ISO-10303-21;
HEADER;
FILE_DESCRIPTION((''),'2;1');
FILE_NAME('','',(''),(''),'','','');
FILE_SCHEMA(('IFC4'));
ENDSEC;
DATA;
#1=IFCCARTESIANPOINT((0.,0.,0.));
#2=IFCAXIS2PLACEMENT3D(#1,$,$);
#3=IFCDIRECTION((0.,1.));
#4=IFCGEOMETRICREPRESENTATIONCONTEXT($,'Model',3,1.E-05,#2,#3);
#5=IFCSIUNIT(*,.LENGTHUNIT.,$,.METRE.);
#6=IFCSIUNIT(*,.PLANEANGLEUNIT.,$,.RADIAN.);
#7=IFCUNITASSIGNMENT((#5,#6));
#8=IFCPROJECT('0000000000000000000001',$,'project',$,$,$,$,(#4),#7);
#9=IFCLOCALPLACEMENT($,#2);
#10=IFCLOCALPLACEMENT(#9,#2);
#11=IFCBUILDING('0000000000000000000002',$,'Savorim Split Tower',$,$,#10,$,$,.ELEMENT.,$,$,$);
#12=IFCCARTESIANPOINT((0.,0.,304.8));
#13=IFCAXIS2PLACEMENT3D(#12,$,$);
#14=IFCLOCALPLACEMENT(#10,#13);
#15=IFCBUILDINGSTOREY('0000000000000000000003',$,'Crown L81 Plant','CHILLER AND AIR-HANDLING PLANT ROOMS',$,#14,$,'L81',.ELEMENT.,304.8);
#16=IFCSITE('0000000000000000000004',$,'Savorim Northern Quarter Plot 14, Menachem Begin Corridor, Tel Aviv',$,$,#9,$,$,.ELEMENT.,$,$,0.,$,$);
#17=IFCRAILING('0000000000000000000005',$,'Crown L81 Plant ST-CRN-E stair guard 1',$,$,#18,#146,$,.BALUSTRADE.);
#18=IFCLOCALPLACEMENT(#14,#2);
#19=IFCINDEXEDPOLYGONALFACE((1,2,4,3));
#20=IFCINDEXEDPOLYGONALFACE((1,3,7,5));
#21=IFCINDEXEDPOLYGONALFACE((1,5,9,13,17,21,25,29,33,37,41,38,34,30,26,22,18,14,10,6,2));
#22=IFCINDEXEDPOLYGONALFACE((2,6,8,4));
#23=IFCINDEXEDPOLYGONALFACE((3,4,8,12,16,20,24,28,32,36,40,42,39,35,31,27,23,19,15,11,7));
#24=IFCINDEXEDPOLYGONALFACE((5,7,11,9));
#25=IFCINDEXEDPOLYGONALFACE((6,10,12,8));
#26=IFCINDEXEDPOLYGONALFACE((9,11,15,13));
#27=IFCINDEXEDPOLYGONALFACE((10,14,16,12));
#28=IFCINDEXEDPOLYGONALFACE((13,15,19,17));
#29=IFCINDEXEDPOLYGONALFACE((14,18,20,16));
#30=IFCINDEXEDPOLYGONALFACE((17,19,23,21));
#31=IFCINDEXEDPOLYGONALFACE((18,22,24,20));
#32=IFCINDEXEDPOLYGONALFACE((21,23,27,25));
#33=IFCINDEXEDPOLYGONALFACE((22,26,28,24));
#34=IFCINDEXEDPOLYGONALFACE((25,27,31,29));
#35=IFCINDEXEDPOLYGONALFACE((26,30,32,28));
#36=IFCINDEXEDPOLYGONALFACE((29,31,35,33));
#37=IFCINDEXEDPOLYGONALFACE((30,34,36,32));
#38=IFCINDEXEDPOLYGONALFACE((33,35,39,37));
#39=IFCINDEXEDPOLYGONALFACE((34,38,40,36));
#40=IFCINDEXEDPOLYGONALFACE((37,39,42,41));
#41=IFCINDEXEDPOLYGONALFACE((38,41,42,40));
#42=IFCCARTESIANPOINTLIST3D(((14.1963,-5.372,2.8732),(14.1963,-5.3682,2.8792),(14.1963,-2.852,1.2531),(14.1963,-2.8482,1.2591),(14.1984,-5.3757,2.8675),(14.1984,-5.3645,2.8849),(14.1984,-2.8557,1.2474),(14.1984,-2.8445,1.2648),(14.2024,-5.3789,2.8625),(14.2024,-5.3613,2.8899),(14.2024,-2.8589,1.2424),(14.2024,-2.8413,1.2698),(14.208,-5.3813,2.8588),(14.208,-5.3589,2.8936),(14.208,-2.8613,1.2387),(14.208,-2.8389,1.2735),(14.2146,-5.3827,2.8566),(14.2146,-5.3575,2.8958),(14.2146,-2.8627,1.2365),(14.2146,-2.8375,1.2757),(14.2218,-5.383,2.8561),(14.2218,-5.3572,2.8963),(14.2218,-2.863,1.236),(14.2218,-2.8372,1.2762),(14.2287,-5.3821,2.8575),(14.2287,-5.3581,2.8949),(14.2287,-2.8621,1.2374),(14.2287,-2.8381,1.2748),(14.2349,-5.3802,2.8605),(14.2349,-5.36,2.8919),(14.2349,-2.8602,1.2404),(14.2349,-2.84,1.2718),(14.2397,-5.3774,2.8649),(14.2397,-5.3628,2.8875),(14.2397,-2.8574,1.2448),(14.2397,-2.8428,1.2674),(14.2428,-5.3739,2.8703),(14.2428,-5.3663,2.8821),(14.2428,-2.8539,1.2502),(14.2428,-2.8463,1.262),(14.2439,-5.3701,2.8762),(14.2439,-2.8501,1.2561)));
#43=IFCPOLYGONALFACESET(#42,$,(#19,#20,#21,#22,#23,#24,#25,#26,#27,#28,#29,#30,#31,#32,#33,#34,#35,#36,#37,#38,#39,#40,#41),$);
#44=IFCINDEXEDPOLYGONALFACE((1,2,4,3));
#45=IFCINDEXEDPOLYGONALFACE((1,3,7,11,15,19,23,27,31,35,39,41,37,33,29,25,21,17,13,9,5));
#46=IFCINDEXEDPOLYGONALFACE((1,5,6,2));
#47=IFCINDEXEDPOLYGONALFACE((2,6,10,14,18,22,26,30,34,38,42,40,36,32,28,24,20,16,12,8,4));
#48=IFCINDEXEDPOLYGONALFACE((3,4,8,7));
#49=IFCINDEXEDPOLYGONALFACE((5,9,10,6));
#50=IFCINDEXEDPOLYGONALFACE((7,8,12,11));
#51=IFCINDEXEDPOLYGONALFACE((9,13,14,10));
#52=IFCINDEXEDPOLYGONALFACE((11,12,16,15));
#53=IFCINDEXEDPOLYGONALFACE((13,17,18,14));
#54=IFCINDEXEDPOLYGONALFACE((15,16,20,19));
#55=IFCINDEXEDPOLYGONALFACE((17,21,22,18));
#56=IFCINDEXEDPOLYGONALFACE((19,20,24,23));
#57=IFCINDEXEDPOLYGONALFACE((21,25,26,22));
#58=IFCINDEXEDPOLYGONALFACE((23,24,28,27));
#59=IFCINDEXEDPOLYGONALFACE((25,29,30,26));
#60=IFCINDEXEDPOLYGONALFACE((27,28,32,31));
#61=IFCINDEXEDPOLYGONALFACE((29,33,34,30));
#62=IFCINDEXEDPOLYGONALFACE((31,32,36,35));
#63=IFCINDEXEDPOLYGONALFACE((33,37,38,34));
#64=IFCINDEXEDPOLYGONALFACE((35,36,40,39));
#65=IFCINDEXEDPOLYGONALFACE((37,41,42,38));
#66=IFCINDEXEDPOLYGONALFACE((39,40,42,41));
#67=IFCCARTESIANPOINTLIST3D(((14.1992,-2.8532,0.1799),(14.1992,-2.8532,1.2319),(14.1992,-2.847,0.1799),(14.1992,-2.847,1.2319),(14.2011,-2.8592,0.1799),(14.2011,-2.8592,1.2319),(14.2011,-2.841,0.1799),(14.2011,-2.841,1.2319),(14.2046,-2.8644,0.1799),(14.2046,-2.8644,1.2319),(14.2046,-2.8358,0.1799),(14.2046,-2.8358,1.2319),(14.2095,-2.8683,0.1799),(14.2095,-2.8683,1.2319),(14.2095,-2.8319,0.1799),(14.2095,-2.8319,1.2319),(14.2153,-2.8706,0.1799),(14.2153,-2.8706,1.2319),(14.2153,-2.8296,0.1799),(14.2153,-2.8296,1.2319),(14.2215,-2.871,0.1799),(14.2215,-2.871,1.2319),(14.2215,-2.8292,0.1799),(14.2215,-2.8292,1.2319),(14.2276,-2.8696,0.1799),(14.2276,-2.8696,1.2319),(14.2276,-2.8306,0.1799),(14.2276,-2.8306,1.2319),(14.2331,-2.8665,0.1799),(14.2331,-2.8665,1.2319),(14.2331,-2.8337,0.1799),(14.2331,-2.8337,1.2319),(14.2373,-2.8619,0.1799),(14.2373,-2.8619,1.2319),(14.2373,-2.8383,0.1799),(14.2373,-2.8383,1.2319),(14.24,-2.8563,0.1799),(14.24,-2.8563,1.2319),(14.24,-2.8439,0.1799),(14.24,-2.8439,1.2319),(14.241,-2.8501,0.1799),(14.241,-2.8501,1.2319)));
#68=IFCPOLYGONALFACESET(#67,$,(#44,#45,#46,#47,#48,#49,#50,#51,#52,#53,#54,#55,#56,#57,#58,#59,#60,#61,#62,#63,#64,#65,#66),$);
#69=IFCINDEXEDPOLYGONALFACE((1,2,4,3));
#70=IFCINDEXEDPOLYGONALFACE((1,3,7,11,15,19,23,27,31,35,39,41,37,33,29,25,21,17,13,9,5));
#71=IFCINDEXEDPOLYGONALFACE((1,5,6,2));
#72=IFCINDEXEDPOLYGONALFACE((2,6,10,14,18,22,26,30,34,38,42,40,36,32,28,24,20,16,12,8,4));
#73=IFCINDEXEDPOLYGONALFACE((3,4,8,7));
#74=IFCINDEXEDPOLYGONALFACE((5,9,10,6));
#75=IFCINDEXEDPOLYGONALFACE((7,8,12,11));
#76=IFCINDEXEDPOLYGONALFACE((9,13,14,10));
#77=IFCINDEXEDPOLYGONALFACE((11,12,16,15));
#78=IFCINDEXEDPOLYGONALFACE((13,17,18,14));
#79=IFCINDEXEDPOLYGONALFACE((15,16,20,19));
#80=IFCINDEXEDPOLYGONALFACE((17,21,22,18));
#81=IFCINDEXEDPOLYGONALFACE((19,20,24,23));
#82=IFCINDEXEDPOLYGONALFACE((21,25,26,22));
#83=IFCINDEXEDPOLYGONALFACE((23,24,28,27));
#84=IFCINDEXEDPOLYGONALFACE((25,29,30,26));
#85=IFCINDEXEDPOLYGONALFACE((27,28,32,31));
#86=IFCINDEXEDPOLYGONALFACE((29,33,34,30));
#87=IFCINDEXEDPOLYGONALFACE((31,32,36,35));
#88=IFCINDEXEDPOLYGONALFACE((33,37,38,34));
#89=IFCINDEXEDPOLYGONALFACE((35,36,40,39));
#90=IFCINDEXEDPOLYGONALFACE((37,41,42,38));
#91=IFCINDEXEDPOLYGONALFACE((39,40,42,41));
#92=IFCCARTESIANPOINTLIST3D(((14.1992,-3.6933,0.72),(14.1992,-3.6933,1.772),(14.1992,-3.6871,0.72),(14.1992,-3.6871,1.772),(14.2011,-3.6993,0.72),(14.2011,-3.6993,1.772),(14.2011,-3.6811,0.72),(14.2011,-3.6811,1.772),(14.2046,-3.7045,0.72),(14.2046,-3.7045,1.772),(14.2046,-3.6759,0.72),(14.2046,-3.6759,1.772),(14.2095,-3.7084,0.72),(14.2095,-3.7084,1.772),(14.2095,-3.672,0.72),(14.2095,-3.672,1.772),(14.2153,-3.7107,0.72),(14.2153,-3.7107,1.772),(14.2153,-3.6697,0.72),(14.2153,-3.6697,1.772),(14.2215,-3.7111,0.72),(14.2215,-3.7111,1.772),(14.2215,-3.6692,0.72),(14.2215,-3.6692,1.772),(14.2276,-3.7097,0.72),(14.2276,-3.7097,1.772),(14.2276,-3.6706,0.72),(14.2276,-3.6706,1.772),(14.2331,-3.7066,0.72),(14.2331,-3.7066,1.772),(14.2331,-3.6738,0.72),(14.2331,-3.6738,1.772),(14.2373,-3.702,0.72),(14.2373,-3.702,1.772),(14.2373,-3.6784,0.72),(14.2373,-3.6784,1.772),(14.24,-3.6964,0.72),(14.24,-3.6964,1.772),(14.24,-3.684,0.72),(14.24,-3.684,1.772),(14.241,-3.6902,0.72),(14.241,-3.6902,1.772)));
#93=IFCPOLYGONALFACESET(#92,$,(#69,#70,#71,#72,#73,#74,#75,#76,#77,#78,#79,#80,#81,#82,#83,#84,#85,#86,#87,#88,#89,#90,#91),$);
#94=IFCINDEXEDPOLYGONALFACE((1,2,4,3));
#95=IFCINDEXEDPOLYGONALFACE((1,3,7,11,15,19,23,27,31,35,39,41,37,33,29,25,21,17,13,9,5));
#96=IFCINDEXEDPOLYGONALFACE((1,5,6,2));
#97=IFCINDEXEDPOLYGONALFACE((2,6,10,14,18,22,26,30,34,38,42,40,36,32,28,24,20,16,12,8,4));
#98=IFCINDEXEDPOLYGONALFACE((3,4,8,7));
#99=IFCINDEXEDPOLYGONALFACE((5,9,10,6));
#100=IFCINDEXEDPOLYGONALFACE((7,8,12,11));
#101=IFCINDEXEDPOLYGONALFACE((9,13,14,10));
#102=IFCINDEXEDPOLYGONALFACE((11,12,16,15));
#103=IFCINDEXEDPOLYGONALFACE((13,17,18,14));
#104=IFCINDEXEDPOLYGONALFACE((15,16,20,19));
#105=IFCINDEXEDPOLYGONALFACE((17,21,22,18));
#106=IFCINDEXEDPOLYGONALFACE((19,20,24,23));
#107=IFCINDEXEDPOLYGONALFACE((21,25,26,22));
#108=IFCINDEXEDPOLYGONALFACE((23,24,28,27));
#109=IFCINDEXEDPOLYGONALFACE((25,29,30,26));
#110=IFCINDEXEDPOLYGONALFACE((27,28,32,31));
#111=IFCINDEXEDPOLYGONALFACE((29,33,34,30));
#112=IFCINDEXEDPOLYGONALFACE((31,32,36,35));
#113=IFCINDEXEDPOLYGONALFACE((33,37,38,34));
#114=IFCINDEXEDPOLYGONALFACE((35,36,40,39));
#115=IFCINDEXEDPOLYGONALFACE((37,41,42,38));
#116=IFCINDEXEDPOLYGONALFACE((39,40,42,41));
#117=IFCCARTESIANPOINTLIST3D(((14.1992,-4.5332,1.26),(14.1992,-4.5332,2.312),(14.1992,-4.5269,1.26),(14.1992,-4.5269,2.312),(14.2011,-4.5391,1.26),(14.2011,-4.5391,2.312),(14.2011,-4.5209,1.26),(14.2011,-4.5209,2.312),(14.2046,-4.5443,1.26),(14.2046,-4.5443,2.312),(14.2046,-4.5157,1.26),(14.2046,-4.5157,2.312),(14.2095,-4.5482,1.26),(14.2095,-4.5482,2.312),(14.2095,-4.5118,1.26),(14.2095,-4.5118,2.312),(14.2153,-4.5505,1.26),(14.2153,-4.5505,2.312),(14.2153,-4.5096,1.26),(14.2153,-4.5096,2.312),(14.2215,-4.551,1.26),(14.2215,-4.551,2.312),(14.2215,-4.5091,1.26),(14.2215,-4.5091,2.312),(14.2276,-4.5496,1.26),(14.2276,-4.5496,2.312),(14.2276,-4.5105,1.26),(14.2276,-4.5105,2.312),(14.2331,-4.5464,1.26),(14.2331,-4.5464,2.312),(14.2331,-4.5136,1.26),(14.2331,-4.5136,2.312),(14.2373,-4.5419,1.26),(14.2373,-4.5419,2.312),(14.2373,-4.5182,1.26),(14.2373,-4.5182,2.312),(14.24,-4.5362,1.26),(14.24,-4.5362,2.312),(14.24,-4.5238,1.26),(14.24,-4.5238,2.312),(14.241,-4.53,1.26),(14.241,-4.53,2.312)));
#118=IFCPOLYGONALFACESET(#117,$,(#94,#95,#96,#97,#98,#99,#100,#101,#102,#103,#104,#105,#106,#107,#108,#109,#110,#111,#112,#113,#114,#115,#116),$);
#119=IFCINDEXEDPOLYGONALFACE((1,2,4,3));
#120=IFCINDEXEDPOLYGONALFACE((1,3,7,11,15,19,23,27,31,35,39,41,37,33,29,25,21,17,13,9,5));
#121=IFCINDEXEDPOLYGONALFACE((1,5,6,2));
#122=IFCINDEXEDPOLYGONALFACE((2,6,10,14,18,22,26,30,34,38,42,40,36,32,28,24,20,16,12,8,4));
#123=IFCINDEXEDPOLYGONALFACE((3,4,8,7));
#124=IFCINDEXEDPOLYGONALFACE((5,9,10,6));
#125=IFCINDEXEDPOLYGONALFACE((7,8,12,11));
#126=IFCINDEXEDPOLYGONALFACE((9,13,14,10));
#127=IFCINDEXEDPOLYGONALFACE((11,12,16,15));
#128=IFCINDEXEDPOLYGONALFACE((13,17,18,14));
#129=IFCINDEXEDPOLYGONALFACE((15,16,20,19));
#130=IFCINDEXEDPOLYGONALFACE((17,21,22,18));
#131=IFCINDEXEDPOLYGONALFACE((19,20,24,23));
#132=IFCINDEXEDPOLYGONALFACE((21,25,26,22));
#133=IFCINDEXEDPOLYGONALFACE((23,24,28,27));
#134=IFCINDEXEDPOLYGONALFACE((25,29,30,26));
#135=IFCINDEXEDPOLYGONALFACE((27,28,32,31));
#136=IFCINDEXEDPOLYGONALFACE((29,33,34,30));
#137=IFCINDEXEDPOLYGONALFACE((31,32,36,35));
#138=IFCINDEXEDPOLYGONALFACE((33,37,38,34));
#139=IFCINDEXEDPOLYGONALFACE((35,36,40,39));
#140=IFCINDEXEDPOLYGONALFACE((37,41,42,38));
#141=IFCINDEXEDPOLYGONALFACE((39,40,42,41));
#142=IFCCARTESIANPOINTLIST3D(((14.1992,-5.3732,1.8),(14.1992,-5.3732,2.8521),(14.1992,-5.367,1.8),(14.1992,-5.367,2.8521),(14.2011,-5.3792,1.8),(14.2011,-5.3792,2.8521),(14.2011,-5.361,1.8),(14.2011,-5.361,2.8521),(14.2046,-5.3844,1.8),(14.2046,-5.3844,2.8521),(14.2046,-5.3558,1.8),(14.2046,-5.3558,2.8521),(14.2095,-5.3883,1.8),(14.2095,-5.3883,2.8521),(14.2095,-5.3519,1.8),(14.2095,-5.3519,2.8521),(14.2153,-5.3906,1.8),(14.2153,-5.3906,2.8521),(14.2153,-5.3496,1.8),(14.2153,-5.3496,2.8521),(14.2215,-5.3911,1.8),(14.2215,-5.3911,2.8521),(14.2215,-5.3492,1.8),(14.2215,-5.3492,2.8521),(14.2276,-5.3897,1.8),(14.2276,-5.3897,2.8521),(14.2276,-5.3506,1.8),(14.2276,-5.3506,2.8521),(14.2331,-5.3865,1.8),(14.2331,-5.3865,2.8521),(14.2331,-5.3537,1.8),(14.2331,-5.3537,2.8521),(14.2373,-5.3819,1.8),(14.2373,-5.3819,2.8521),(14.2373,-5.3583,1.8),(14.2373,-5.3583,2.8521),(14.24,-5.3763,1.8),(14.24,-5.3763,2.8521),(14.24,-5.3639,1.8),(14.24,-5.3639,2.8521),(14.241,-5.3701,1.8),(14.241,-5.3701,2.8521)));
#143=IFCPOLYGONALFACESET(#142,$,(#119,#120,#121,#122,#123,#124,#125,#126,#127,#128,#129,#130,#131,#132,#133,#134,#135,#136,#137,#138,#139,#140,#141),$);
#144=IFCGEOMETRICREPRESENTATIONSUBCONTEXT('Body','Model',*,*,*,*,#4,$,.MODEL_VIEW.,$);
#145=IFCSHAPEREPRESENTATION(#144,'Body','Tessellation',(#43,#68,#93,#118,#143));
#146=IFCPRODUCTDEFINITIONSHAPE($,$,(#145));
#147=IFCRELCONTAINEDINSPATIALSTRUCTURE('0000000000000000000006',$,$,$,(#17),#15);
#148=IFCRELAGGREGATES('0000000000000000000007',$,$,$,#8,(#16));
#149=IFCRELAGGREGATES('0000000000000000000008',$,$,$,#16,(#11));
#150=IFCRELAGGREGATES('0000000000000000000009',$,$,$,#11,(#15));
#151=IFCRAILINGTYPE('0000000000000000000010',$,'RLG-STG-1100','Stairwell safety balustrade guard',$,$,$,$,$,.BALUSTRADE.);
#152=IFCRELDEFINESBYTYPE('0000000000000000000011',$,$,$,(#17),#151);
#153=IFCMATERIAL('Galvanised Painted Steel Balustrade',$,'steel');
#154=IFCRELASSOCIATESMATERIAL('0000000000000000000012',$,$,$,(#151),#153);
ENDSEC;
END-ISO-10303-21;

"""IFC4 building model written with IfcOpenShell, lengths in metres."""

from ifc_helpers import new_model, si_unit, direction, frame, origin, origin_2d, place, context, subcontext, project, spatial, circle, extrude, material, type_object, element, save


model = new_model("IFC4")

# Units and contexts
model_context = context("Model", 3, precision=1e-05, world=origin(), true_north=direction((0.0, 1.0)))
body_context = subcontext(model_context, "Body", "Model", "MODEL_VIEW")
ifc_project = project(units=[si_unit("LENGTHUNIT", "METRE"), si_unit("PLANEANGLEUNIT", "RADIAN")], contexts=[model_context])

# Site, building, storey
site_placement = place(None, origin())
site = spatial("IfcSite", under=ifc_project, at=site_placement, Name="Savorim Northern Quarter Plot 14, Menachem Begin Corridor, Tel Aviv", CompositionType="ELEMENT", RefElevation=0.0)
building_placement = place(site_placement, origin())
building = spatial("IfcBuilding", under=site, at=building_placement, Name="Savorim Split Tower", CompositionType="ELEMENT")
storey_placement = place(building_placement, frame((0.0, 0.0, 304.8)))
storey = spatial("IfcBuildingStorey", under=building, at=storey_placement, Name="Crown L81 Plant", Description="CHILLER AND AIR-HANDLING PLANT ROOMS", LongName="L81", CompositionType="ELEMENT", Elevation=304.8)

# Railing
ifc_material_1 = material(Name="Galvanised Painted Steel Balustrade", Category="steel")
railing_type_1 = type_object("IfcRailingType", Name="RLG-STG-1100", Description="Stairwell safety balustrade guard", PredefinedType="BALUSTRADE", material=ifc_material_1)
railing_1_placement = place(storey_placement, frame((14.22, -2.8501, 0.1799)))
element("IfcRailing", 1, at=railing_1_placement, inside=storey, type_object=railing_type_1, Name="Crown L81 Plant ST-CRN-E stair guard 1", PredefinedType="BALUSTRADE", context=body_context, shape_type="SweptSolid", body=[
    extrude(circle(Radius=0.0239, at=origin_2d()), frame((0.0, 0.0, 1.0762), z_axis=(0.0, -0.841163, 0.540782), x_axis=(1.0, 0.0, 0.0)), (0.0, 0.0, 1.0), 2.9958),
    extrude(circle(Radius=0.021, at=origin_2d()), origin(), (0.0, 0.0, 1.0), 1.052),
    extrude(circle(Radius=0.021, at=origin_2d()), frame((0.0, -0.8401, 0.54)), (0.0, 0.0, 1.0), 1.052),
    extrude(circle(Radius=0.021, at=origin_2d()), frame((0.0, -1.6799, 1.0801)), (0.0, 0.0, 1.0), 1.052),
    extrude(circle(Radius=0.021, at=origin_2d()), frame((0.0, -2.52, 1.6201)), (0.0, 0.0, 1.0), 1.052),
])

save(model, "model.ifc")
